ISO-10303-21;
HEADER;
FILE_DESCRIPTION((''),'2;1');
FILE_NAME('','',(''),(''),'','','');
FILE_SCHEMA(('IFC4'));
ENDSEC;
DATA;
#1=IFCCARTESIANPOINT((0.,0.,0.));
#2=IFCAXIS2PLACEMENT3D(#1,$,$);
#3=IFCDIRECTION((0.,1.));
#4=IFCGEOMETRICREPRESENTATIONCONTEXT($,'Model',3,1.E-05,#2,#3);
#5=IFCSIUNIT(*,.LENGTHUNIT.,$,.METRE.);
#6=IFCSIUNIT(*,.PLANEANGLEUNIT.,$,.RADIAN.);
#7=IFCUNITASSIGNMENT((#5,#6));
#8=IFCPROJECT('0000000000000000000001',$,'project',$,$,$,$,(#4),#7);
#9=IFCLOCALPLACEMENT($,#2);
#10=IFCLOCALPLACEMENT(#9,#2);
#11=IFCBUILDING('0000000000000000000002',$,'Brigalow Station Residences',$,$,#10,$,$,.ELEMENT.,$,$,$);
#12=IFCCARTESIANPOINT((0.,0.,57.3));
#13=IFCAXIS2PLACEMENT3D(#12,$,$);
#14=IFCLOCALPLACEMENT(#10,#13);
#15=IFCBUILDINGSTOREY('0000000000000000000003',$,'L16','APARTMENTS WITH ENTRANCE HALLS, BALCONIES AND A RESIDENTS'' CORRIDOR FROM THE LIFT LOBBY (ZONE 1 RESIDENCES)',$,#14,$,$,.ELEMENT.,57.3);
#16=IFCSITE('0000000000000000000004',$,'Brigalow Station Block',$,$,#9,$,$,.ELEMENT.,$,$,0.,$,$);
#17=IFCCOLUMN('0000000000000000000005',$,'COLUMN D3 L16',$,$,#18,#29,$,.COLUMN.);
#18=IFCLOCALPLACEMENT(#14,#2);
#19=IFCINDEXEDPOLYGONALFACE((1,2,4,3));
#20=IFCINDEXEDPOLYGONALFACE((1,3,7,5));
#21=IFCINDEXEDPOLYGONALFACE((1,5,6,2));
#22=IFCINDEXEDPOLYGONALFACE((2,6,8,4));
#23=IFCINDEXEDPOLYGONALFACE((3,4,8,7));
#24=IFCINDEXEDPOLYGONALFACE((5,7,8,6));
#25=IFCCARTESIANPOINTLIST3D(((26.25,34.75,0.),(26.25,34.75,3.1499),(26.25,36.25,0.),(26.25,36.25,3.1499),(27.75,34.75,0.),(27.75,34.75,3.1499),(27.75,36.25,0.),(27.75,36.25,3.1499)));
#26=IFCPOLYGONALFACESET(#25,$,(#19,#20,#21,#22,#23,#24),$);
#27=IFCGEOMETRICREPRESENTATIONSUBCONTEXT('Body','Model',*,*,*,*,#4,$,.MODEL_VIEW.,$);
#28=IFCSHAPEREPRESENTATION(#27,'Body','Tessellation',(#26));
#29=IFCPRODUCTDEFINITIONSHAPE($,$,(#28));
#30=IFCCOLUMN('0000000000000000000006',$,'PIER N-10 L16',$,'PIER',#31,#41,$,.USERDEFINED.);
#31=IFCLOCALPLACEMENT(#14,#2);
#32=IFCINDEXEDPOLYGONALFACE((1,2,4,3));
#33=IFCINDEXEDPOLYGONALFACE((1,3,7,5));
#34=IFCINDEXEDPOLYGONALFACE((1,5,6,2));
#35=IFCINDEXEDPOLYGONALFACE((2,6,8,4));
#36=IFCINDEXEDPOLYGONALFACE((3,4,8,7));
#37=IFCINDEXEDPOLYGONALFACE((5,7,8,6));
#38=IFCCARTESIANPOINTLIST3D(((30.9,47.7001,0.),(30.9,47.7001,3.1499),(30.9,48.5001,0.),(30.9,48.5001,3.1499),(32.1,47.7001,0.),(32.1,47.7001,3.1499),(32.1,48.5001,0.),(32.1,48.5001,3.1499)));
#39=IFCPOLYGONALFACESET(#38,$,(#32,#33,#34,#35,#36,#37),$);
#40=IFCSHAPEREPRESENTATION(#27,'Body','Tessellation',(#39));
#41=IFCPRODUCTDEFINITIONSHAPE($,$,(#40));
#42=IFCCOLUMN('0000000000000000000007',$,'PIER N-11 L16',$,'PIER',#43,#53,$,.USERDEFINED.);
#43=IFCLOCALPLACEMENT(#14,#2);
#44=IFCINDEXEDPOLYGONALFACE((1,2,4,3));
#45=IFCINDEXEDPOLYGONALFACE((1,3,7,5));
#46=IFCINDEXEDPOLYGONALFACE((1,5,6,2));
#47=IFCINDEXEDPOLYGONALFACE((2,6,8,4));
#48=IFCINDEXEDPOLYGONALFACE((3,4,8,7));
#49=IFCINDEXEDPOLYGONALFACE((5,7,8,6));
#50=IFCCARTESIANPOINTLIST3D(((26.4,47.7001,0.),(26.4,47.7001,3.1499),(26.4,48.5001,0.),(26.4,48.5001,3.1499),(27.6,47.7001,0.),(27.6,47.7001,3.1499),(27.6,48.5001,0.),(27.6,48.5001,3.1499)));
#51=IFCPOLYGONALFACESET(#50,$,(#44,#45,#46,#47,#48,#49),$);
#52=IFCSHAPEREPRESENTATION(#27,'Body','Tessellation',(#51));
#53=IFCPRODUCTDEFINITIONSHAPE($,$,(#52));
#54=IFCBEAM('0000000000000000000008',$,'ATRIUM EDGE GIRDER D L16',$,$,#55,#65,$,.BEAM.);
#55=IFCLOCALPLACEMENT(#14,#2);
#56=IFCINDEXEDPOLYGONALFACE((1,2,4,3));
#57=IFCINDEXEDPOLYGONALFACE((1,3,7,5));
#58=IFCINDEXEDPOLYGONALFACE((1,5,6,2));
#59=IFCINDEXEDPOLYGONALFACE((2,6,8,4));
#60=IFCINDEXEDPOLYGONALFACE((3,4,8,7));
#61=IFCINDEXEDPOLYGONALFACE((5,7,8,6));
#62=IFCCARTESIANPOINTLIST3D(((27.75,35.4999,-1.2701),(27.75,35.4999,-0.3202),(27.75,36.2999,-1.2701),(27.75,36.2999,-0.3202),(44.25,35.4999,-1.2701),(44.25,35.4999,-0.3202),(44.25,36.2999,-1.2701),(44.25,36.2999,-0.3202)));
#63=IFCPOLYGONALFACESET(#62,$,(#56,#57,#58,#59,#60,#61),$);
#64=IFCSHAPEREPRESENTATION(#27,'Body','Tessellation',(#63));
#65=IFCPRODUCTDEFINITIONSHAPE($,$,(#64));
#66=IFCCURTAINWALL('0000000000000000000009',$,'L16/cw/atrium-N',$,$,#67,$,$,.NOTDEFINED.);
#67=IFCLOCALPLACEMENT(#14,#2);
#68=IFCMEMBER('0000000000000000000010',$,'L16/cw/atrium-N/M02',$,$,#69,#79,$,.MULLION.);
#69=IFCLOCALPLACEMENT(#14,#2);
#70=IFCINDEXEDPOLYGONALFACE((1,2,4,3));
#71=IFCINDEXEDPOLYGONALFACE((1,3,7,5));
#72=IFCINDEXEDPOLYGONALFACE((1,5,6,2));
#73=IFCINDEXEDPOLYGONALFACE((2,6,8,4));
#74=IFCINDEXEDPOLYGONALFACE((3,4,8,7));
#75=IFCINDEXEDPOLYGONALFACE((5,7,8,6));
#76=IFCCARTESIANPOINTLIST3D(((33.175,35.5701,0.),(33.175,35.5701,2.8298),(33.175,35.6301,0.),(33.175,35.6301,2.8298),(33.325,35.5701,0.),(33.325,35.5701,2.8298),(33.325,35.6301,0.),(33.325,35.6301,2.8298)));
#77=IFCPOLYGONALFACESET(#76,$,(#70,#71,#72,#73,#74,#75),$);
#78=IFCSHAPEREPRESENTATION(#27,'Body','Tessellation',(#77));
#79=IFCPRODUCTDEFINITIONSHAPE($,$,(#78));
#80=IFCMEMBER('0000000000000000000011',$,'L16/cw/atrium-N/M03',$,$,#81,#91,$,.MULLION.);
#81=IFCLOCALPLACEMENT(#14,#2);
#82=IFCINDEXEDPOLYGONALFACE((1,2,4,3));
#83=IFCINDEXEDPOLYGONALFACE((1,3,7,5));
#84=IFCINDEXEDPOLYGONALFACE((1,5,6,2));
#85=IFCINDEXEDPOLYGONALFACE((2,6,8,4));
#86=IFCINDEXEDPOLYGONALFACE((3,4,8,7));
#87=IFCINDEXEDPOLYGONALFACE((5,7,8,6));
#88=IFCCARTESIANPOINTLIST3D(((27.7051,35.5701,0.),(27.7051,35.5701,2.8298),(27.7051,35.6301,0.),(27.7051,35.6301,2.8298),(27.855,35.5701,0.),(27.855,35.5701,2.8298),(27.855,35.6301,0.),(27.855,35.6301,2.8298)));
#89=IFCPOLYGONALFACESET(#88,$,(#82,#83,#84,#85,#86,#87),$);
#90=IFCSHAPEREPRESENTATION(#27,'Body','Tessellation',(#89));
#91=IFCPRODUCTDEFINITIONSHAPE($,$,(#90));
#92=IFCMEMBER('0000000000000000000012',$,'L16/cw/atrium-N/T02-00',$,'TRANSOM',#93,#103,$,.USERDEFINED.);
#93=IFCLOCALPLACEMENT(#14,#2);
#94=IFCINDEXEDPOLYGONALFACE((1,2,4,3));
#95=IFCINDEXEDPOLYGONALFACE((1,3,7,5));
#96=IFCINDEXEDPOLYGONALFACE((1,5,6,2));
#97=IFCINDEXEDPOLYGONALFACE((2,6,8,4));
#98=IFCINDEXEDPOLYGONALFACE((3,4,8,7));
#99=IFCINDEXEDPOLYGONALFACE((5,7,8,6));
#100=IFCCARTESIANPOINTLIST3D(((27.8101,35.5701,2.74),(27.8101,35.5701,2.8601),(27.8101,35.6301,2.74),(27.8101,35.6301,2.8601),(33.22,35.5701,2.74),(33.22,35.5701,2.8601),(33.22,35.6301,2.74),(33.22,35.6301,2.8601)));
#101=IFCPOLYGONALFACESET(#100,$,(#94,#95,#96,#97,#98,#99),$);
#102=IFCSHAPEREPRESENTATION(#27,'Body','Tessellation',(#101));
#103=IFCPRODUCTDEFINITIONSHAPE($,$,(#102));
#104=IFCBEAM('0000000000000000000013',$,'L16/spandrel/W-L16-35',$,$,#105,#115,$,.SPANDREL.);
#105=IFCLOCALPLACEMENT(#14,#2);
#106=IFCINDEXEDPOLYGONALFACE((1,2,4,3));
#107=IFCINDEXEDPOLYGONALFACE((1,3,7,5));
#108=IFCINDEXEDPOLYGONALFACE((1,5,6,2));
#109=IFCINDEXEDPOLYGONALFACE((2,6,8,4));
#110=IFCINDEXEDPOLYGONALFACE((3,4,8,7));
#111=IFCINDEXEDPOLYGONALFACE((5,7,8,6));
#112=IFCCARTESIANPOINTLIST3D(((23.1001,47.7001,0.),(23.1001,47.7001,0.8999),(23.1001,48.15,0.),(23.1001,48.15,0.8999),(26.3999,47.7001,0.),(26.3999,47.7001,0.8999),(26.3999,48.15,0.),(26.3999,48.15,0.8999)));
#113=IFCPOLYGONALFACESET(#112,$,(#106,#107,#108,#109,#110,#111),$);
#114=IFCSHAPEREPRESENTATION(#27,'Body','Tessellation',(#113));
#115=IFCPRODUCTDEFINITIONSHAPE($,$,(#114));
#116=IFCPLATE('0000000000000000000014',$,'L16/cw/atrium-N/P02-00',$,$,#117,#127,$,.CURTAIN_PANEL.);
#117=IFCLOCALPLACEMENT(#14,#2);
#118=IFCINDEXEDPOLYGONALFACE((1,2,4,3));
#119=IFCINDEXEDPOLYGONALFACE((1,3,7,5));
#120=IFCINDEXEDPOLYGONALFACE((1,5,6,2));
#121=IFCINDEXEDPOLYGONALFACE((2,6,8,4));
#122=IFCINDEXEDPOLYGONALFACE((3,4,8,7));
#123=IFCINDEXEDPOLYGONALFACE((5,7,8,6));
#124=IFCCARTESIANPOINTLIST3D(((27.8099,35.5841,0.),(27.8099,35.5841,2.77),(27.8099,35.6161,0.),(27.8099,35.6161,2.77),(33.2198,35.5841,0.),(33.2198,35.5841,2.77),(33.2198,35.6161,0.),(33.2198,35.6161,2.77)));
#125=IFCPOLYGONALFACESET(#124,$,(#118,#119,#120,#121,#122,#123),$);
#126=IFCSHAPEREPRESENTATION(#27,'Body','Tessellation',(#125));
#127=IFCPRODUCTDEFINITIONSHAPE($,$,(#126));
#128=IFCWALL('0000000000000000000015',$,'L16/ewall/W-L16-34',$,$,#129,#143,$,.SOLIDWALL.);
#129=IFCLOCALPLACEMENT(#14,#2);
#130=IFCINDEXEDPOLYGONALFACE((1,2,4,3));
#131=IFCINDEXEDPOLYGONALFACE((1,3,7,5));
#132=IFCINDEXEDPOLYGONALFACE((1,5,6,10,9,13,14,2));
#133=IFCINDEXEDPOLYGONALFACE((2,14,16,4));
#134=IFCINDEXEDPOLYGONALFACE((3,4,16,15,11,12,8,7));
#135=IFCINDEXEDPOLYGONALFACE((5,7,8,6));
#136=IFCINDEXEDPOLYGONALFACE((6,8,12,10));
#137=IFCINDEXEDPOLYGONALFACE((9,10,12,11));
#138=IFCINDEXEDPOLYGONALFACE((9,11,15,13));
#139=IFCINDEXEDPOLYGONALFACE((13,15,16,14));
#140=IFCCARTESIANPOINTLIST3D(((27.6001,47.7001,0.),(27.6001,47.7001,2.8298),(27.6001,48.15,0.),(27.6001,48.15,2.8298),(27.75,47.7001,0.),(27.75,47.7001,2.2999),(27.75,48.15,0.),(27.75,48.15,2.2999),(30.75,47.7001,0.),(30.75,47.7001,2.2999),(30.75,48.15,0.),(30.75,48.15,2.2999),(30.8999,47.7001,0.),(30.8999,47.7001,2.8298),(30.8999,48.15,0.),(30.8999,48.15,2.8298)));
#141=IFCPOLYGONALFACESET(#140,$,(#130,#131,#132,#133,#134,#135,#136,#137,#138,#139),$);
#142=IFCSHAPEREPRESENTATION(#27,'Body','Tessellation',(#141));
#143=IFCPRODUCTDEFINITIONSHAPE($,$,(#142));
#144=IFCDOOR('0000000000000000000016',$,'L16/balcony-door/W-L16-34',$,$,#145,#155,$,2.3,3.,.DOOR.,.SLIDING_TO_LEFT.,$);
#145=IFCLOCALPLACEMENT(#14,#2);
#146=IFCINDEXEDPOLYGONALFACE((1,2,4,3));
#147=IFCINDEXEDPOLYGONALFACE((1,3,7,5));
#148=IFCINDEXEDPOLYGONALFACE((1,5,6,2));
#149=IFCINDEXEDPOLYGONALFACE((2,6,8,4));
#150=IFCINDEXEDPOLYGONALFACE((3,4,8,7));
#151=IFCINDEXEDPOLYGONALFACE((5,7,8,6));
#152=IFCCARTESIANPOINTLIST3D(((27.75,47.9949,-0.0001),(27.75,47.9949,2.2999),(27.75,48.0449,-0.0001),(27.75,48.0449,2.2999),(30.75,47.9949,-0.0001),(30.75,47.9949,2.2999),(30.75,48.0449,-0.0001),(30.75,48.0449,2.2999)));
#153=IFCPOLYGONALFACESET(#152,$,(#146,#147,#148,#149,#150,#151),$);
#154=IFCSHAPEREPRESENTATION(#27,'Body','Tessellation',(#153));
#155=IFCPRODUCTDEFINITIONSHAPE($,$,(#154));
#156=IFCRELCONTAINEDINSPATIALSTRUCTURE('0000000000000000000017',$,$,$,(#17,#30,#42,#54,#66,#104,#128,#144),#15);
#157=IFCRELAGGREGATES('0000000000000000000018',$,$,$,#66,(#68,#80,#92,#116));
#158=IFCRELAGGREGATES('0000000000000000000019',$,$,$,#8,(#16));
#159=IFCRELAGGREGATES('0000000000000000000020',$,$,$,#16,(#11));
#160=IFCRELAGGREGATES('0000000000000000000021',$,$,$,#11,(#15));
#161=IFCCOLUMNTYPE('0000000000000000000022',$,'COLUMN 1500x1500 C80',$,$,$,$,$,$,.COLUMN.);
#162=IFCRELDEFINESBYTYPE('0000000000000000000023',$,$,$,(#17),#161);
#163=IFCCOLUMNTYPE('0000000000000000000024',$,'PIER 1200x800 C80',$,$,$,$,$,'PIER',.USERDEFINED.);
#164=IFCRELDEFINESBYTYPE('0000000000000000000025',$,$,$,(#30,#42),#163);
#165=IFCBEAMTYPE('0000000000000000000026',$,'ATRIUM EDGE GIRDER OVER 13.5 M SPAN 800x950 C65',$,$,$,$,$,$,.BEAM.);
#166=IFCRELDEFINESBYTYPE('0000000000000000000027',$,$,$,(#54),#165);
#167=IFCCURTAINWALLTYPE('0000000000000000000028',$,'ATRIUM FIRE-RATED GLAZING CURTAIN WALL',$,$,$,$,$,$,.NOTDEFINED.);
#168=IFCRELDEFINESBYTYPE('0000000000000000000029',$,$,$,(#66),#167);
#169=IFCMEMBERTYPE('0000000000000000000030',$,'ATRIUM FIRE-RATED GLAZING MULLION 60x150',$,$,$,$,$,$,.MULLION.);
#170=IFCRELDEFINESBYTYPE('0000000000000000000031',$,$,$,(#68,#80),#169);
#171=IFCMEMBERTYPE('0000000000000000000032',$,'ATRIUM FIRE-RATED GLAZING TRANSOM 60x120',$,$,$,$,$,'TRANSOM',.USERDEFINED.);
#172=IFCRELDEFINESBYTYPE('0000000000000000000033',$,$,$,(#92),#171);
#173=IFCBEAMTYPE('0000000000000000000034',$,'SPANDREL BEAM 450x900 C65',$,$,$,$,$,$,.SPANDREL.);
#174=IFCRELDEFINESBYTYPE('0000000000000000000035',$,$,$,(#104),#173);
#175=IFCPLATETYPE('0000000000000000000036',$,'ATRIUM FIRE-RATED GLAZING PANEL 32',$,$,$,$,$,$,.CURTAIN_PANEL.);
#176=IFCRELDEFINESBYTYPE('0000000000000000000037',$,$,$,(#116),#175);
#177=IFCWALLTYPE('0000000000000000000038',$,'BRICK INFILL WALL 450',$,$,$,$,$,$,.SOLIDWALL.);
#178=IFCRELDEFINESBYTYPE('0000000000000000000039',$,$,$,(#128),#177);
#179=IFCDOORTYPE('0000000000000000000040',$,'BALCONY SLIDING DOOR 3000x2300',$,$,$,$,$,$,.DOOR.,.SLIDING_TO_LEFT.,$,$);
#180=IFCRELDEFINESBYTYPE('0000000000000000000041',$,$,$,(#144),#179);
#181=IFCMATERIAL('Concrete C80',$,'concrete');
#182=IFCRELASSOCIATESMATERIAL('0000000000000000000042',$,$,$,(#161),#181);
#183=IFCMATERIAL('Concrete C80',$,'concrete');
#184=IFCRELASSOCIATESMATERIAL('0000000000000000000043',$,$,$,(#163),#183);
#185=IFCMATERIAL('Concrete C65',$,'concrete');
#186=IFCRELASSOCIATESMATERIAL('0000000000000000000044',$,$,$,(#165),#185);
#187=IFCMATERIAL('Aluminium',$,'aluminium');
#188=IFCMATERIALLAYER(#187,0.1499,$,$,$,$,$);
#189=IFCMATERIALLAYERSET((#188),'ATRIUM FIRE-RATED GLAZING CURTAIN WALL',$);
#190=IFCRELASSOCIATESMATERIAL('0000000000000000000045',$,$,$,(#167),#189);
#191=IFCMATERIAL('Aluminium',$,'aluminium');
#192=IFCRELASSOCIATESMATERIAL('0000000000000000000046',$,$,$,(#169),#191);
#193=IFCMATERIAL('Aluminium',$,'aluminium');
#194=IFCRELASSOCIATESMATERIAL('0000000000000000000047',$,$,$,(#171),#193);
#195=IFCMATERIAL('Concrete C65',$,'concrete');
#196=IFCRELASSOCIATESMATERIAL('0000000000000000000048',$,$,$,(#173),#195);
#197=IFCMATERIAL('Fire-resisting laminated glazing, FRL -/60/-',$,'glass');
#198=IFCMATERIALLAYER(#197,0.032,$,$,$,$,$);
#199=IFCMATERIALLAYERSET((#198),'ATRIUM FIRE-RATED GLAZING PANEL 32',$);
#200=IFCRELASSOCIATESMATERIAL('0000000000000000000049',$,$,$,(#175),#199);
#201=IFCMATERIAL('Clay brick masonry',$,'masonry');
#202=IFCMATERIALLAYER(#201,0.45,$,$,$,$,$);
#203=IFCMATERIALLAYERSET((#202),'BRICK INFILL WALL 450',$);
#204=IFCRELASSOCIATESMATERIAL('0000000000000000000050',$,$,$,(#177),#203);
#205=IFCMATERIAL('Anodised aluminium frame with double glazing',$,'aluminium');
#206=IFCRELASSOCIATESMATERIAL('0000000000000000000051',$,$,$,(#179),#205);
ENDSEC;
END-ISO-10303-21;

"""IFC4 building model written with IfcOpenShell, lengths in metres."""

from ifc_helpers import new_model, si_unit, direction, frame, frame_2d, origin, origin_2d, place, context, subcontext, project, spatial, rectangle, extrude, material, layer, layer_set, material_profile, profile_set, type_object, element, fill, aggregate, save


model = new_model("IFC4")

# Units and contexts
model_context = context("Model", 3, precision=1e-05, world=origin(), true_north=direction((0.0, 1.0)))
body_context = subcontext(model_context, "Body", "Model", "MODEL_VIEW")
ifc_project = project(units=[si_unit("LENGTHUNIT", "METRE"), si_unit("PLANEANGLEUNIT", "RADIAN")], contexts=[model_context])

# Site, building, storey
site_placement = place(None, origin())
site = spatial("IfcSite", under=ifc_project, at=site_placement, Name="Brigalow Station Block", CompositionType="ELEMENT", RefElevation=0.0)
building_placement = place(site_placement, origin())
building = spatial("IfcBuilding", under=site, at=building_placement, Name="Brigalow Station Residences", CompositionType="ELEMENT")
storey_placement = place(building_placement, frame((0.0, 0.0, 57.3)))
storey = spatial("IfcBuildingStorey", under=building, at=storey_placement, Name="L16", Description="APARTMENTS WITH ENTRANCE HALLS, BALCONIES AND A RESIDENTS' CORRIDOR FROM THE LIFT LOBBY (ZONE 1 RESIDENCES)", CompositionType="ELEMENT", Elevation=57.3)

# Columns
ifc_material_1 = material(Name="Concrete C80", Category="concrete")
ifc_material_profile_1 = material_profile(ifc_material_1, rectangle(XDim=1.5, YDim=1.5, at=origin_2d()), Name="RC1500x1500")
ifc_profile_set_1 = profile_set([ifc_material_profile_1], Name="Concrete C80")
column_type_1 = type_object("IfcColumnType", Name="COLUMN 1500x1500 C80", PredefinedType="COLUMN", material=ifc_profile_set_1)
column_placement = place(storey_placement, frame((27.0, 35.5, 0.0), z_axis=(0.0, 0.0, 1.0), x_axis=(1.0, 0.0, 0.0)))
element("IfcColumn", 1, at=column_placement, inside=storey, type_object=column_type_1, Name="COLUMN D3 L16", PredefinedType="COLUMN", context=body_context, shape_type="SweptSolid", body=[
    extrude(rectangle(XDim=1.5, YDim=1.5, at=origin_2d()), origin(), (0.0, 0.0, 1.0), 3.1499),
])
ifc_material_2 = material(Name="Concrete C80", Category="concrete")
ifc_material_profile_2 = material_profile(ifc_material_2, rectangle(XDim=1.2, YDim=0.8, at=origin_2d()), Name="RC1200x800")
ifc_profile_set_2 = profile_set([ifc_material_profile_2], Name="Concrete C80")
column_type_2 = type_object("IfcColumnType", Name="PIER 1200x800 C80", ElementType="PIER", PredefinedType="USERDEFINED", material=ifc_profile_set_2)
for number, where, z_axis, x_axis, name in (
    (2, (31.5, 48.1001, 0.0), (0.0, 0.0, 1.0), (-1.0, 0.0, 0.0), "PIER N-10 L16"),
    (3, (27.0, 48.1001, 0.0), (0.0, 0.0, 1.0), (-1.0, 0.0, 0.0), "PIER N-11 L16"),
):
    element("IfcColumn", number, at=place(storey_placement, frame(where, z_axis=z_axis, x_axis=x_axis)), inside=storey, type_object=column_type_2, Name=name, ObjectType="PIER", PredefinedType="USERDEFINED", context=body_context, shape_type="SweptSolid", body=[
        extrude(rectangle(XDim=1.2, YDim=0.8, at=origin_2d()), origin(), (0.0, 0.0, 1.0), 3.1499),
    ])

# Beam
ifc_material_3 = material(Name="Concrete C65", Category="concrete")
ifc_material_profile_3 = material_profile(ifc_material_3, rectangle(XDim=0.8, YDim=0.95, at=origin_2d()), Name="RC800x950")
ifc_profile_set_3 = profile_set([ifc_material_profile_3], Name="Concrete C65")
beam_type_1 = type_object("IfcBeamType", Name="ATRIUM EDGE GIRDER OVER 13.5 M SPAN 800x950 C65", PredefinedType="BEAM", material=ifc_profile_set_3)
beam_1_placement = place(storey_placement, frame((27.75, 35.8999, -0.7952), z_axis=(1.0, 0.0, 0.0), x_axis=(0.0, 1.0, 0.0)))
element("IfcBeam", 4, at=beam_1_placement, inside=storey, type_object=beam_type_1, Name="ATRIUM EDGE GIRDER D L16", PredefinedType="BEAM", context=body_context, shape_type="SweptSolid", body=[
    extrude(rectangle(XDim=0.8, YDim=0.95, at=origin_2d()), origin(), (0.0, 0.0, 1.0), 16.5),
])

# Curtain wall, members
ifc_material_4 = material(Name="Aluminium", Category="aluminium")
ifc_layer_1 = layer(ifc_material_4, 0.1499)
ifc_layer_set_1 = layer_set([ifc_layer_1], Name="ATRIUM FIRE-RATED GLAZING CURTAIN WALL")
curtain_wall_type = type_object("IfcCurtainWallType", Name="ATRIUM FIRE-RATED GLAZING CURTAIN WALL", PredefinedType="NOTDEFINED", material=ifc_layer_set_1)
curtain_wall_placement = place(storey_placement, origin())
curtain_wall = element("IfcCurtainWall", 5, at=curtain_wall_placement, inside=storey, type_object=curtain_wall_type, Name="L16/cw/atrium-N", PredefinedType="NOTDEFINED")
ifc_material_5 = material(Name="Aluminium", Category="aluminium")
ifc_material_profile_4 = material_profile(ifc_material_5, rectangle(XDim=0.0601, YDim=0.1499, at=origin_2d()), Name="ATRIUM FIRE-RATED GLAZING MULLION 60x150")
ifc_profile_set_4 = profile_set([ifc_material_profile_4], Name="Aluminium")
member_type_1 = type_object("IfcMemberType", Name="ATRIUM FIRE-RATED GLAZING MULLION 60x150", PredefinedType="MULLION", material=ifc_profile_set_4)
member_1_placement = place(storey_placement, frame((33.25, 35.6001, 0.0), z_axis=(0.0, 0.0, 1.0), x_axis=(0.0, -1.0, 0.0)))
member_1 = element("IfcMember", 6, at=member_1_placement, type_object=member_type_1, Name="L16/cw/atrium-N/M02", PredefinedType="MULLION", context=body_context, shape_type="SweptSolid", body=[
    extrude(rectangle(XDim=0.0601, YDim=0.1499, at=origin_2d()), origin(), (0.0, 0.0, 1.0), 2.8298),
])
member_2_placement = place(storey_placement, frame((27.78, 35.6001, 0.0), z_axis=(0.0, 0.0, 1.0), x_axis=(0.0, -1.0, 0.0)))
member_2 = element("IfcMember", 7, at=member_2_placement, type_object=member_type_1, Name="L16/cw/atrium-N/M03", PredefinedType="MULLION", context=body_context, shape_type="SweptSolid", body=[
    extrude(rectangle(XDim=0.0601, YDim=0.1499, at=origin_2d()), origin(), (0.0, 0.0, 1.0), 2.8298),
])
ifc_material_6 = material(Name="Aluminium", Category="aluminium")
ifc_material_profile_5 = material_profile(ifc_material_6, rectangle(XDim=0.0601, YDim=0.1201, at=origin_2d()), Name="ATRIUM FIRE-RATED GLAZING TRANSOM 60x120")
ifc_profile_set_5 = profile_set([ifc_material_profile_5], Name="Aluminium")
member_type_2 = type_object("IfcMemberType", Name="ATRIUM FIRE-RATED GLAZING TRANSOM 60x120", ElementType="TRANSOM", PredefinedType="USERDEFINED", material=ifc_profile_set_5)
member_3_placement = place(storey_placement, frame((33.22, 35.6001, 2.8), z_axis=(-1.0, 0.0, 0.0), x_axis=(0.0, -1.0, 0.0)))
member_3 = element("IfcMember", 8, at=member_3_placement, type_object=member_type_2, Name="L16/cw/atrium-N/T02-00", ObjectType="TRANSOM", PredefinedType="USERDEFINED", context=body_context, shape_type="SweptSolid", body=[
    extrude(rectangle(XDim=0.0601, YDim=0.1201, at=origin_2d()), origin(), (0.0, 0.0, 1.0), 5.4099),
])

# Beam
ifc_material_7 = material(Name="Concrete C65", Category="concrete")
ifc_material_profile_6 = material_profile(ifc_material_7, rectangle(XDim=0.45, YDim=0.8999, at=origin_2d()), Name="RC450x900")
ifc_profile_set_6 = profile_set([ifc_material_profile_6], Name="Concrete C65")
beam_type_2 = type_object("IfcBeamType", Name="SPANDREL BEAM 450x900 C65", PredefinedType="SPANDREL", material=ifc_profile_set_6)
beam_2_placement = place(storey_placement, frame((26.3999, 47.925, 0.45), z_axis=(-1.0, 0.0, 0.0), x_axis=(0.0, -1.0, 0.0)))
element("IfcBeam", 9, at=beam_2_placement, inside=storey, type_object=beam_type_2, Name="L16/spandrel/W-L16-35", PredefinedType="SPANDREL", context=body_context, shape_type="SweptSolid", body=[
    extrude(rectangle(XDim=0.45, YDim=0.8999, at=origin_2d()), origin(), (0.0, 0.0, 1.0), 3.2998),
])

# Plate
ifc_material_8 = material(Name="Fire-resisting laminated glazing, FRL -/60/-", Category="glass")
ifc_layer_2 = layer(ifc_material_8, 0.032)
ifc_layer_set_2 = layer_set([ifc_layer_2], Name="ATRIUM FIRE-RATED GLAZING PANEL 32")
plate_type = type_object("IfcPlateType", Name="ATRIUM FIRE-RATED GLAZING PANEL 32", PredefinedType="CURTAIN_PANEL", material=ifc_layer_set_2)
plate_placement = place(storey_placement, frame((30.5149, 35.6001, 0.0), z_axis=(0.0, 0.0, 1.0), x_axis=(-1.0, 0.0, 0.0)))
plate = element("IfcPlate", 10, at=plate_placement, type_object=plate_type, Name="L16/cw/atrium-N/P02-00", PredefinedType="CURTAIN_PANEL", context=body_context, shape_type="SweptSolid", body=[
    extrude(rectangle(XDim=5.4099, YDim=0.032, at=origin_2d()), origin(), (0.0, 0.0, 1.0), 2.77),
])
aggregate(curtain_wall, [member_1, member_2, member_3, plate])

# Wall, opening, door
ifc_material_9 = material(Name="Clay brick masonry", Category="masonry")
ifc_layer_3 = layer(ifc_material_9, 0.45)
ifc_layer_set_3 = layer_set([ifc_layer_3], Name="BRICK INFILL WALL 450")
wall_type_1 = type_object("IfcWallType", Name="BRICK INFILL WALL 450", PredefinedType="SOLIDWALL", material=ifc_layer_set_3)
wall_1_placement = place(storey_placement, frame((30.8999, 47.925, 0.0), z_axis=(0.0, 0.0, 1.0), x_axis=(-1.0, 0.0, 0.0)))
wall_1 = element("IfcWall", 11, at=wall_1_placement, inside=storey, type_object=wall_type_1, Name="L16/ewall/W-L16-34", PredefinedType="SOLIDWALL", context=body_context, shape_type="SweptSolid", body=[
    extrude(rectangle(XDim=3.2998, YDim=0.45, at=frame_2d((1.6499, 0.0))), origin(), (0.0, 0.0, 1.0), 2.8298),
])
opening_1_placement = place(wall_1_placement, frame((0.1499, 0.0, 0.0)))
opening_1 = element("IfcOpeningElement", 12, at=opening_1_placement, cuts=wall_1, PredefinedType="OPENING", context=body_context, shape_type="SweptSolid", body=[
    extrude(rectangle(XDim=3.0, YDim=2.3, at=frame_2d((1.5, 1.1499))), frame((0.0, 0.2349, 0.0), z_axis=(0.0, -1.0, 0.0), x_axis=(1.0, 0.0, 0.0)), (0.0, 0.0, 1.0), 0.47),
])
ifc_material_10 = material(Name="Anodised aluminium frame with double glazing", Category="aluminium")
door_type_1 = type_object("IfcDoorType", Name="BALCONY SLIDING DOOR 3000x2300", OperationType="SLIDING_TO_LEFT", PredefinedType="DOOR", material=ifc_material_10)
door_1_placement = place(opening_1_placement, origin())
door_1 = element("IfcDoor", 13, at=door_1_placement, inside=storey, type_object=door_type_1, Name="L16/balcony-door/W-L16-34", OperationType="SLIDING_TO_LEFT", OverallHeight=2.3, OverallWidth=3.0, PredefinedType="DOOR", context=body_context, shape_type="SweptSolid", body=[
    extrude(rectangle(XDim=3.0, YDim=2.3, at=frame_2d((1.5, 1.1499))), frame((0.0, -0.0698, 0.0), z_axis=(0.0, -1.0, 0.0), x_axis=(1.0, 0.0, 0.0)), (0.0, 0.0, 1.0), 0.05),
])
fill(opening_1, door_1)

save(model, "model.ifc")
